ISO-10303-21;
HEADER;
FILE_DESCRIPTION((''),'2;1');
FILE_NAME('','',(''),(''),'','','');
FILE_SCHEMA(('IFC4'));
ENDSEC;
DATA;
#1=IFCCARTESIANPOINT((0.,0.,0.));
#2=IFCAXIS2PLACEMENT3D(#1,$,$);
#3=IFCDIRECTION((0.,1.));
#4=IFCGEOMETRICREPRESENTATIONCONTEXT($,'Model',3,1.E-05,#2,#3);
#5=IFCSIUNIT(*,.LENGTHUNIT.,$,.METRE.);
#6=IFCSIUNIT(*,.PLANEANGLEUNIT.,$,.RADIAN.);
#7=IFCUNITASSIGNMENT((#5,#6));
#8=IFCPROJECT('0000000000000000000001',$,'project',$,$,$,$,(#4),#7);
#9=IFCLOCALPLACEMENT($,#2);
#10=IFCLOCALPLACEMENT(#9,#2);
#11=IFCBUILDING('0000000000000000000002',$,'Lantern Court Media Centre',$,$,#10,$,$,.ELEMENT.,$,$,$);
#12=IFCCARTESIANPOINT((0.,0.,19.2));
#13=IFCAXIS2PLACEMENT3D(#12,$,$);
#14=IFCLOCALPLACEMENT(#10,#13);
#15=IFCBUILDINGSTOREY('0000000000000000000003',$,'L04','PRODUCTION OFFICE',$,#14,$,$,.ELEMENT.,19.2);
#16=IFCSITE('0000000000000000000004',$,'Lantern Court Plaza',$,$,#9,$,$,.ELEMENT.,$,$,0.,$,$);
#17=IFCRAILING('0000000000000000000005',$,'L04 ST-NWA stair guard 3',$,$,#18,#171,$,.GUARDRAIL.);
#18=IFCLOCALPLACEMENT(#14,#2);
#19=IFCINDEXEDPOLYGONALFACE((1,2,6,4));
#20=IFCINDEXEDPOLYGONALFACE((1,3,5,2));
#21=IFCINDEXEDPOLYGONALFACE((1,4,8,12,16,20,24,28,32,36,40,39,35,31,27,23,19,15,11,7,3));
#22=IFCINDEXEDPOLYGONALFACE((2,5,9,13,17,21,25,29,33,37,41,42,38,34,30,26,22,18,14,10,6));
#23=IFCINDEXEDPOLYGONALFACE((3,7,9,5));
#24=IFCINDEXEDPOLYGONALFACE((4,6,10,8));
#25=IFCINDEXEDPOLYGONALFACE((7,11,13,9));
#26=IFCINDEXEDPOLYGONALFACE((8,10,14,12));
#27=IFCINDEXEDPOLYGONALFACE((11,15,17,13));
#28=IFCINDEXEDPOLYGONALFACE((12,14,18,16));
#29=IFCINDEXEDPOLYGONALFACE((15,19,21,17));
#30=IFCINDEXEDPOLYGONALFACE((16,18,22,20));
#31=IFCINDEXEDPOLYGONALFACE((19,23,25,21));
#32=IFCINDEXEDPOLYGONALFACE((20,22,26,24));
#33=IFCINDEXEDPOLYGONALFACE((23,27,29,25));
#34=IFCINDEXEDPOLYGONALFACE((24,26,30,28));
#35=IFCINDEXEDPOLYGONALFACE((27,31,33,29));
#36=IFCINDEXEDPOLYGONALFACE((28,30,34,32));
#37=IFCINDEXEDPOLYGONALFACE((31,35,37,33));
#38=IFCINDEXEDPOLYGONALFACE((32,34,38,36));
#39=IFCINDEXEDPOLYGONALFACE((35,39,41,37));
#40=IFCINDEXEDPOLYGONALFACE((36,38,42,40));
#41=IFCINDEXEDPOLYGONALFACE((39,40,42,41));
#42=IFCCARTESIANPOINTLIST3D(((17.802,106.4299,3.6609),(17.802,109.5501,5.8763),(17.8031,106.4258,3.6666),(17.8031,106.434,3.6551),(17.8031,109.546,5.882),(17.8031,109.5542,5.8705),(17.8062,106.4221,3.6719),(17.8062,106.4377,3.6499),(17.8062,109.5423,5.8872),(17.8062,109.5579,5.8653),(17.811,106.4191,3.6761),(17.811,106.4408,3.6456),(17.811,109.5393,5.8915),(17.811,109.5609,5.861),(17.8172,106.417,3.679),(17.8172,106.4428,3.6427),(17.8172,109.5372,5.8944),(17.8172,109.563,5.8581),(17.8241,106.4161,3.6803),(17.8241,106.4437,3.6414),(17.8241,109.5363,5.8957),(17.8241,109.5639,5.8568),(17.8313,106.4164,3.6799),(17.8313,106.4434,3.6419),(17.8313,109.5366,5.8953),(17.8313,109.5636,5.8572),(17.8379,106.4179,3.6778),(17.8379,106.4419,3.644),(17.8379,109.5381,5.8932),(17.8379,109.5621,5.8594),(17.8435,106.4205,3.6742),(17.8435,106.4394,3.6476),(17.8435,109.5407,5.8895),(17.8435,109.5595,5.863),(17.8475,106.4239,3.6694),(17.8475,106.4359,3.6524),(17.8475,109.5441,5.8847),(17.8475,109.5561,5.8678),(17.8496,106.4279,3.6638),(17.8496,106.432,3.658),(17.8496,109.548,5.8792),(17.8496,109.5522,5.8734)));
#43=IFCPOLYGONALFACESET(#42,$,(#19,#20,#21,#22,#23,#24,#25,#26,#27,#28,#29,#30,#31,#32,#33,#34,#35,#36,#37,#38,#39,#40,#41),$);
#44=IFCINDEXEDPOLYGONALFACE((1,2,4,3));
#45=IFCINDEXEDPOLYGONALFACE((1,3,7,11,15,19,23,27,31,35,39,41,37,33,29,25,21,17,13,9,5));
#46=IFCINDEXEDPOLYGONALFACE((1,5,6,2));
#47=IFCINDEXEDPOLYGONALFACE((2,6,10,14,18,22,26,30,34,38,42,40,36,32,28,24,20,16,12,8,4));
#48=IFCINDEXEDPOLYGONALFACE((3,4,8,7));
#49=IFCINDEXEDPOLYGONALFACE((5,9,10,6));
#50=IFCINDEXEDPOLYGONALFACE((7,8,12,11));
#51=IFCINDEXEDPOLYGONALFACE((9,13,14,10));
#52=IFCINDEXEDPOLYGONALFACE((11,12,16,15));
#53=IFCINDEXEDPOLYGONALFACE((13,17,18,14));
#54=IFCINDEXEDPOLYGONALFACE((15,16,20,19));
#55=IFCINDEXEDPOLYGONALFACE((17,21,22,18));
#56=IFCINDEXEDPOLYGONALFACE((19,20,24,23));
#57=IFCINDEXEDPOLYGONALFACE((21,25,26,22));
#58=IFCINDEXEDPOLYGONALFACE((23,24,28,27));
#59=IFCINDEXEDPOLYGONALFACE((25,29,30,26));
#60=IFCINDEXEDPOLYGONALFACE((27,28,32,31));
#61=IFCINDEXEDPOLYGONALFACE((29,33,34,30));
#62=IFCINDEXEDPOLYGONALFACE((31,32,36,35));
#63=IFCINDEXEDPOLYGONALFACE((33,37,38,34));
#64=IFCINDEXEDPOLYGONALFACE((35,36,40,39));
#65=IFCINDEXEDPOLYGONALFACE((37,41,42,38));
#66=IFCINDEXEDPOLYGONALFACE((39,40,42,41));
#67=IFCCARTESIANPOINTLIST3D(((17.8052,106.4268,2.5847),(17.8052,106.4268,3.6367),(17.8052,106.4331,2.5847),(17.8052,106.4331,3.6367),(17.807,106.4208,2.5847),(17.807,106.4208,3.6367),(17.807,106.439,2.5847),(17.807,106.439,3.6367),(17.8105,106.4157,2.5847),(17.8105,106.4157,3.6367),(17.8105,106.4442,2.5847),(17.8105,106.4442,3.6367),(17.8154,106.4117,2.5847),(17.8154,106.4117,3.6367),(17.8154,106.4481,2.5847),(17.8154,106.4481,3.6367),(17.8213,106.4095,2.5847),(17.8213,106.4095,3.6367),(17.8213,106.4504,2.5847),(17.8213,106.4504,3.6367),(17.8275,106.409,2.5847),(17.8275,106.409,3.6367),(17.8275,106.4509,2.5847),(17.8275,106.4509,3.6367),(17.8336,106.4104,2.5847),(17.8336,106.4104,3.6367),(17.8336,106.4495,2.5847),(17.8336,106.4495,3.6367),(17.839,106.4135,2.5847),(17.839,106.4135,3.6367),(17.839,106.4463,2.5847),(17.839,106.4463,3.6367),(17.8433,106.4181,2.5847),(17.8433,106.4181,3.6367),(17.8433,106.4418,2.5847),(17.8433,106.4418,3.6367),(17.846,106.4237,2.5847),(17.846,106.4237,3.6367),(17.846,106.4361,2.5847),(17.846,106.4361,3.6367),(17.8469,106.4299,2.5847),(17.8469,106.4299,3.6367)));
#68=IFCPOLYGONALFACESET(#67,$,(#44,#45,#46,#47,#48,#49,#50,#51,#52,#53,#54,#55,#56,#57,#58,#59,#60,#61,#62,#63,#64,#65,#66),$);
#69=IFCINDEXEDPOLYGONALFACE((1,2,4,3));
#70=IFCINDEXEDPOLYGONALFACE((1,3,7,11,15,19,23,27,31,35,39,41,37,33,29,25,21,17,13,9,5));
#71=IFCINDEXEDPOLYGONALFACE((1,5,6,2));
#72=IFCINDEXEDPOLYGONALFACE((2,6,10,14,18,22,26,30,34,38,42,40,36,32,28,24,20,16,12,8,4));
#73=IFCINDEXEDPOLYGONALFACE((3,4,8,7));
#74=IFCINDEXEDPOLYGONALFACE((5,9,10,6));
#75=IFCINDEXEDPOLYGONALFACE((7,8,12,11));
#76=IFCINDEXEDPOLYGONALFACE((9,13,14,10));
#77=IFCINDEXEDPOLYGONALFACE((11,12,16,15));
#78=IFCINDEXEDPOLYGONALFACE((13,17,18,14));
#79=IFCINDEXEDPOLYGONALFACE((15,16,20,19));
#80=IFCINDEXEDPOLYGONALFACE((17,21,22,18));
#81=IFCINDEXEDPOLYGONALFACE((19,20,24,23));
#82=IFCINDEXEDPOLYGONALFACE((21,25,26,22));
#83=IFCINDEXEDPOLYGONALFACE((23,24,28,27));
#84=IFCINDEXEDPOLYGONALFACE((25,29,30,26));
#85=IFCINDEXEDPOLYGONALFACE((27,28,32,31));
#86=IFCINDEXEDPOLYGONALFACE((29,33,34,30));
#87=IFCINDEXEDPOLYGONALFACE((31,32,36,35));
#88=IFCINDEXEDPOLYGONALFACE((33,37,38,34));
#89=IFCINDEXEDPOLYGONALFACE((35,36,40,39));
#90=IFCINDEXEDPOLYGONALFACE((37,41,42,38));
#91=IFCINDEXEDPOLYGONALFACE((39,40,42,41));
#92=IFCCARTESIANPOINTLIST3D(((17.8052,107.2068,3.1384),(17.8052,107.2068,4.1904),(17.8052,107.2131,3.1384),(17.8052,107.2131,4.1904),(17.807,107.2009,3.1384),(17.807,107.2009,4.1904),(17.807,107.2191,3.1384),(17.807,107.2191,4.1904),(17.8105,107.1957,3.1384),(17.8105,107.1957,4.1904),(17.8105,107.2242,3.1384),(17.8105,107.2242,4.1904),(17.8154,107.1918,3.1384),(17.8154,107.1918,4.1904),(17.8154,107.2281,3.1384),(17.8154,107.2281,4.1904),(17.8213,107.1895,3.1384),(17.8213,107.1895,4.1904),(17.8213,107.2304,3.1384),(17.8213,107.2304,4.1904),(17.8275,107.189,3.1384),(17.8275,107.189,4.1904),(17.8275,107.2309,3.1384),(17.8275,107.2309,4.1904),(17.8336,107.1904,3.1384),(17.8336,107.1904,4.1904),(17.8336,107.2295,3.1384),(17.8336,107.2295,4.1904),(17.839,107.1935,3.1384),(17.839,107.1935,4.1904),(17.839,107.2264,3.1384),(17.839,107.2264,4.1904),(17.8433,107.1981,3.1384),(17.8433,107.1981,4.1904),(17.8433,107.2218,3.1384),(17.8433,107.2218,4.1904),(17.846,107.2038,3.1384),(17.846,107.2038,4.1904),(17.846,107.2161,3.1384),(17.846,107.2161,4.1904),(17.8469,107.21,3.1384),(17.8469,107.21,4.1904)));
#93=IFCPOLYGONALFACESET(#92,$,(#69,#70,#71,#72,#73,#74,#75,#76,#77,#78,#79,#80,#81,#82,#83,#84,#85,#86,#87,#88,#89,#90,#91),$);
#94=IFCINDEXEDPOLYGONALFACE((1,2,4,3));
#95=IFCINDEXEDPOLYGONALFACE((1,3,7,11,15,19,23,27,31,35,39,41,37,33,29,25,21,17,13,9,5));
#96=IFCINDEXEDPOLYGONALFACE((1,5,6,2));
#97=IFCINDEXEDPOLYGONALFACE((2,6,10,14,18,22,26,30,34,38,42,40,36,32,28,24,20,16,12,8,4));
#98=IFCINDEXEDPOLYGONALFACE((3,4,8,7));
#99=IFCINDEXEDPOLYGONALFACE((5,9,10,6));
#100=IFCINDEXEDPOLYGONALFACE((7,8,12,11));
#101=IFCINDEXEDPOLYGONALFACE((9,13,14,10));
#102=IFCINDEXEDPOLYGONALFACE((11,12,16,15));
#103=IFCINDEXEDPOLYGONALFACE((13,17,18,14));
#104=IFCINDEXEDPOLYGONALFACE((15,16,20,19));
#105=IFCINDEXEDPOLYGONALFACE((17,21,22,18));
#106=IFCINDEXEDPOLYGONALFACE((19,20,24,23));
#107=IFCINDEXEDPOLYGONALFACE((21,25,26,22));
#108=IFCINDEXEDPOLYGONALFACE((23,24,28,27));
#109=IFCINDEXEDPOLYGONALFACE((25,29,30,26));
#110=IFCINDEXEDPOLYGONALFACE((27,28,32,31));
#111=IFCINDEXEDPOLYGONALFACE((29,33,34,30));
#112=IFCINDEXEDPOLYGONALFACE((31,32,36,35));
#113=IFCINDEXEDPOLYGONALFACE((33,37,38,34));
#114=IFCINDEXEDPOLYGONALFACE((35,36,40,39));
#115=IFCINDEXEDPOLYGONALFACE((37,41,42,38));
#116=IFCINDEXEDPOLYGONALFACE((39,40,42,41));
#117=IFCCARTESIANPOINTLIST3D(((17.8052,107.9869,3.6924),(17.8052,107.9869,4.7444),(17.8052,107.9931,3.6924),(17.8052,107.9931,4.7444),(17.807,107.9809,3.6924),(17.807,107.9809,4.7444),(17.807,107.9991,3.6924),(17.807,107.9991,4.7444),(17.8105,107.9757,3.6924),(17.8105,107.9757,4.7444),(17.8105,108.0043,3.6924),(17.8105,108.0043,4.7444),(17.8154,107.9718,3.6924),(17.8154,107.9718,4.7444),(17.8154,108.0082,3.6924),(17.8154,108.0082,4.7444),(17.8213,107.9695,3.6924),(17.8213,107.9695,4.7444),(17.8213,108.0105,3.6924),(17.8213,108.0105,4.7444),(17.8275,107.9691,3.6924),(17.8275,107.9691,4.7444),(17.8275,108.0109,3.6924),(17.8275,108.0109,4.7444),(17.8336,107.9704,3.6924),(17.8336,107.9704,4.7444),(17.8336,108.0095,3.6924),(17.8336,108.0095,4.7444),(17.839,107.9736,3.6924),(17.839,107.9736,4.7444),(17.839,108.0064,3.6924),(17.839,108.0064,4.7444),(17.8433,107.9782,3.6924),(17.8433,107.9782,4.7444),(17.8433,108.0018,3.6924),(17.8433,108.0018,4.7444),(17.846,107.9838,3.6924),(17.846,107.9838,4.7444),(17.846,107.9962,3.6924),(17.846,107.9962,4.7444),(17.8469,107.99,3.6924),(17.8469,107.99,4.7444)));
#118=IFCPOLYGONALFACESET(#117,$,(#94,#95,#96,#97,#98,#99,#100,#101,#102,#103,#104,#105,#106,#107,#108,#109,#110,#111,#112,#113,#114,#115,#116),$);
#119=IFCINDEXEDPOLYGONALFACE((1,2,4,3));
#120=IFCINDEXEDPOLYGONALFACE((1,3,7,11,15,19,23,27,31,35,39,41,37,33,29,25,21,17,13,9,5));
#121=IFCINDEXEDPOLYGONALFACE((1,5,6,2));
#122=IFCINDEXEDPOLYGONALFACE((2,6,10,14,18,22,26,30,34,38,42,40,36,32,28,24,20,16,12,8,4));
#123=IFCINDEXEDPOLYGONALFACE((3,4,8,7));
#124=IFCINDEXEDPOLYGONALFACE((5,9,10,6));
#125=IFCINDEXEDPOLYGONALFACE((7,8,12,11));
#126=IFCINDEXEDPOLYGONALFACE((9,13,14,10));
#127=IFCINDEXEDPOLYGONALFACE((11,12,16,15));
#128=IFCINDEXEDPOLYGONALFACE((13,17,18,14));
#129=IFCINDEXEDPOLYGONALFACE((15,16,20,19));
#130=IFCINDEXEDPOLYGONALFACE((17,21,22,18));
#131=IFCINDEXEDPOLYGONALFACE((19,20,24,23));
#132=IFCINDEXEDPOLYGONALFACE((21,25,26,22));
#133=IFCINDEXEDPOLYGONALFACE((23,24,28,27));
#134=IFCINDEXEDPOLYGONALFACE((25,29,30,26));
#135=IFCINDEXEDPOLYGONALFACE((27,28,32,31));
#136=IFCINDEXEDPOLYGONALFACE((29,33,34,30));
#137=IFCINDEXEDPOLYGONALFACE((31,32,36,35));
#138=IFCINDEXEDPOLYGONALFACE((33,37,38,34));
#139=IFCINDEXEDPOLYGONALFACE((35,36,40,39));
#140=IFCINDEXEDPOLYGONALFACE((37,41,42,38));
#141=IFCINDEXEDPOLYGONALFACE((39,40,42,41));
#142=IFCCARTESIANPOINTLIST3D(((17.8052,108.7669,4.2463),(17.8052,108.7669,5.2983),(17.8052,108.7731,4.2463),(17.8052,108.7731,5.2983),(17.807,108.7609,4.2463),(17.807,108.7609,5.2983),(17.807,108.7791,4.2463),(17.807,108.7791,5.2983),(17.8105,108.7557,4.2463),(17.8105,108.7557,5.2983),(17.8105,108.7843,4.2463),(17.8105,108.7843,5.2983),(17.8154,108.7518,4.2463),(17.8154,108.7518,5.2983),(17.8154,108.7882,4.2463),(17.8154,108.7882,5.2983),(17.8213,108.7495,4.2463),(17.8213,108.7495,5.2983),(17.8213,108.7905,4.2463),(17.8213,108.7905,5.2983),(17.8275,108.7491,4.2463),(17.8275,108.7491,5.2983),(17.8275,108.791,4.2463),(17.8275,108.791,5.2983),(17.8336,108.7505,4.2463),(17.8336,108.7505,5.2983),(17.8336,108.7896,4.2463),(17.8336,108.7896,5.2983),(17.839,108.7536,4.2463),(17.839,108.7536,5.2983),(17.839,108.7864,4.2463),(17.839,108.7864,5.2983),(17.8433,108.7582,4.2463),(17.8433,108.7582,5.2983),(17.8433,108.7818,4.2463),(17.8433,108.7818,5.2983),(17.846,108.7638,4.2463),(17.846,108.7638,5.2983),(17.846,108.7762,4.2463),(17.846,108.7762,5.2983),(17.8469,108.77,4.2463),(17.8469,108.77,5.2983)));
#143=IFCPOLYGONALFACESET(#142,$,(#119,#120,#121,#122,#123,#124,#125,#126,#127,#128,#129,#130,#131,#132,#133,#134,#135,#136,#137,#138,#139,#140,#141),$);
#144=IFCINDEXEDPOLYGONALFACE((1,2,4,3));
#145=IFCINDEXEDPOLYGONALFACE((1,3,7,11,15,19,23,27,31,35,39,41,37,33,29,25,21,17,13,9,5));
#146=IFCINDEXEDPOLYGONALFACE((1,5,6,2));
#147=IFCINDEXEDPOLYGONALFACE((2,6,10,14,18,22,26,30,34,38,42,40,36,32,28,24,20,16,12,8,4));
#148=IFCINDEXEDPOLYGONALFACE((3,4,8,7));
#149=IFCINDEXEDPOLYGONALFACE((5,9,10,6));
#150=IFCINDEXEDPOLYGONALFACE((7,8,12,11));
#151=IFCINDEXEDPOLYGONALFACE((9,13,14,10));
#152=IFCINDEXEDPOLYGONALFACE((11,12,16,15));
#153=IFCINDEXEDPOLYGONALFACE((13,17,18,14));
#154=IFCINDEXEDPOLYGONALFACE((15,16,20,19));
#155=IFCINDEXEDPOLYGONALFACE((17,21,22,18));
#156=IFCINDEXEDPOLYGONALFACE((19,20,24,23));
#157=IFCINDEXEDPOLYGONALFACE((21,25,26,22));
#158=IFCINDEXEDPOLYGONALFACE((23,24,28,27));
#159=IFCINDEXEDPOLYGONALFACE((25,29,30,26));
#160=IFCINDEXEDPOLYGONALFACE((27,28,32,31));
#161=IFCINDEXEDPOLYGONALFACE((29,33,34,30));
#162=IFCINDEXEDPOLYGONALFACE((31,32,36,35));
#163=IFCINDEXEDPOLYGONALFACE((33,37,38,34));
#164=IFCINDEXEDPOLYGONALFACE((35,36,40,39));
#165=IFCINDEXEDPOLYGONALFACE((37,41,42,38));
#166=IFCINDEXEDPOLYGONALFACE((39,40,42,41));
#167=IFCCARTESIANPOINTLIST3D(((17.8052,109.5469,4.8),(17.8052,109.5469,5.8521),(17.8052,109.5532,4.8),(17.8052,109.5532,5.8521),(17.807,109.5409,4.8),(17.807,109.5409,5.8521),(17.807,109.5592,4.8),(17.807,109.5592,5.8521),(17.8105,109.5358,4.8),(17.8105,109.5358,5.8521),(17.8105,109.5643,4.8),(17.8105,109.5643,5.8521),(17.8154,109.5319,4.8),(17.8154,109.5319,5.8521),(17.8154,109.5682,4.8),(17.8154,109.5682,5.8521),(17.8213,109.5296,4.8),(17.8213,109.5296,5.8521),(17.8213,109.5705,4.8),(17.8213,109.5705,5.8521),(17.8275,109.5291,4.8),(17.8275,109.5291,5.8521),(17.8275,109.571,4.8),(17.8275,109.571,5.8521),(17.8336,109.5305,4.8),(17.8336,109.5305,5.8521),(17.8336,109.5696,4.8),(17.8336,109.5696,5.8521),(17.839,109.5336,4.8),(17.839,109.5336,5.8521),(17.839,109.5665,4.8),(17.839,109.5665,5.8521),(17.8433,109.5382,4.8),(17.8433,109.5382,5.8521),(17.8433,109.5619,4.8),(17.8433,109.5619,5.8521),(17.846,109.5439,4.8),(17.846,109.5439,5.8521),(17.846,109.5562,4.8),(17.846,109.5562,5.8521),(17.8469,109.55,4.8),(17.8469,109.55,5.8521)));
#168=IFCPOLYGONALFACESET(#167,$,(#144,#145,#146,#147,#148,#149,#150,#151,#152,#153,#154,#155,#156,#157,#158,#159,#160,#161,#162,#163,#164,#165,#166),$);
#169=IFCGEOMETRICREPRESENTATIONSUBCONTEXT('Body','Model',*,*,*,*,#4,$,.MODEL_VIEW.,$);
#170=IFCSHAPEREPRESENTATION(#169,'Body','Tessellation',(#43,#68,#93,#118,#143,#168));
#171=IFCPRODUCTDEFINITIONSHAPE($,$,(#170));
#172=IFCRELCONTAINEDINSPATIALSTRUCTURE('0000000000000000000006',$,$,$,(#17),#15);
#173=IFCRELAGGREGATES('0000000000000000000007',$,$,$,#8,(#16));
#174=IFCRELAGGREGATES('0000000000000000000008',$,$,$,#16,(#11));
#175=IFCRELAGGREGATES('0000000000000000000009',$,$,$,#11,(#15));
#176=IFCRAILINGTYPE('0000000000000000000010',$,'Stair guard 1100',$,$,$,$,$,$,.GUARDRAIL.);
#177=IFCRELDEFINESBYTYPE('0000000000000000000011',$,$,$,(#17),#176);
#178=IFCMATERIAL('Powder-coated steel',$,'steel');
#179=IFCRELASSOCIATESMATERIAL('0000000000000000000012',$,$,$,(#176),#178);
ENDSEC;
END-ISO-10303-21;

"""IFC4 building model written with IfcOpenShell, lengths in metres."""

from ifc_helpers import new_model, si_unit, direction, frame, origin, origin_2d, place, context, subcontext, project, spatial, circle, extrude, material, type_object, element, save


model = new_model("IFC4")

# Units and contexts
model_context = context("Model", 3, precision=1e-05, world=origin(), true_north=direction((0.0, 1.0)))
body_context = subcontext(model_context, "Body", "Model", "MODEL_VIEW")
ifc_project = project(units=[si_unit("LENGTHUNIT", "METRE"), si_unit("PLANEANGLEUNIT", "RADIAN")], contexts=[model_context])

# Site, building, storey
site_placement = place(None, origin())
site = spatial("IfcSite", under=ifc_project, at=site_placement, Name="Lantern Court Plaza", CompositionType="ELEMENT", RefElevation=0.0)
building_placement = place(site_placement, origin())
building = spatial("IfcBuilding", under=site, at=building_placement, Name="Lantern Court Media Centre", CompositionType="ELEMENT")
storey_placement = place(building_placement, frame((0.0, 0.0, 19.2)))
storey = spatial("IfcBuildingStorey", under=building, at=storey_placement, Name="L04", Description="PRODUCTION OFFICE", CompositionType="ELEMENT", Elevation=19.2)

# Railing
ifc_material_1 = material(Name="Powder-coated steel", Category="steel")
railing_type = type_object("IfcRailingType", Name="Stair guard 1100", PredefinedType="GUARDRAIL", material=ifc_material_1)
railing_1_placement = place(storey_placement, frame((17.8259, 106.4299, 2.5847)))
element("IfcRailing", 1, at=railing_1_placement, inside=storey, type_object=railing_type, Name="L04 ST-NWA stair guard 3", PredefinedType="GUARDRAIL", context=body_context, shape_type="SweptSolid", body=[
    extrude(circle(Radius=0.0239, at=origin_2d()), frame((0.0, 0.0, 1.0762), z_axis=(0.0, 0.815377, 0.57893), x_axis=(-1.0, 0.0, 0.0)), (0.0, 0.0, 1.0), 3.8267),
    extrude(circle(Radius=0.021, at=origin_2d()), origin(), (0.0, 0.0, 1.0), 1.052),
    extrude(circle(Radius=0.021, at=origin_2d()), frame((0.0, 0.78, 0.5537)), (0.0, 0.0, 1.0), 1.052),
    extrude(circle(Radius=0.021, at=origin_2d()), frame((0.0, 1.5601, 1.1077)), (0.0, 0.0, 1.0), 1.052),
    extrude(circle(Radius=0.021, at=origin_2d()), frame((0.0, 2.3401, 1.6616)), (0.0, 0.0, 1.0), 1.052),
    extrude(circle(Radius=0.021, at=origin_2d()), frame((0.0, 3.1201, 2.2153)), (0.0, 0.0, 1.0), 1.052),
])

save(model, "model.ifc")
